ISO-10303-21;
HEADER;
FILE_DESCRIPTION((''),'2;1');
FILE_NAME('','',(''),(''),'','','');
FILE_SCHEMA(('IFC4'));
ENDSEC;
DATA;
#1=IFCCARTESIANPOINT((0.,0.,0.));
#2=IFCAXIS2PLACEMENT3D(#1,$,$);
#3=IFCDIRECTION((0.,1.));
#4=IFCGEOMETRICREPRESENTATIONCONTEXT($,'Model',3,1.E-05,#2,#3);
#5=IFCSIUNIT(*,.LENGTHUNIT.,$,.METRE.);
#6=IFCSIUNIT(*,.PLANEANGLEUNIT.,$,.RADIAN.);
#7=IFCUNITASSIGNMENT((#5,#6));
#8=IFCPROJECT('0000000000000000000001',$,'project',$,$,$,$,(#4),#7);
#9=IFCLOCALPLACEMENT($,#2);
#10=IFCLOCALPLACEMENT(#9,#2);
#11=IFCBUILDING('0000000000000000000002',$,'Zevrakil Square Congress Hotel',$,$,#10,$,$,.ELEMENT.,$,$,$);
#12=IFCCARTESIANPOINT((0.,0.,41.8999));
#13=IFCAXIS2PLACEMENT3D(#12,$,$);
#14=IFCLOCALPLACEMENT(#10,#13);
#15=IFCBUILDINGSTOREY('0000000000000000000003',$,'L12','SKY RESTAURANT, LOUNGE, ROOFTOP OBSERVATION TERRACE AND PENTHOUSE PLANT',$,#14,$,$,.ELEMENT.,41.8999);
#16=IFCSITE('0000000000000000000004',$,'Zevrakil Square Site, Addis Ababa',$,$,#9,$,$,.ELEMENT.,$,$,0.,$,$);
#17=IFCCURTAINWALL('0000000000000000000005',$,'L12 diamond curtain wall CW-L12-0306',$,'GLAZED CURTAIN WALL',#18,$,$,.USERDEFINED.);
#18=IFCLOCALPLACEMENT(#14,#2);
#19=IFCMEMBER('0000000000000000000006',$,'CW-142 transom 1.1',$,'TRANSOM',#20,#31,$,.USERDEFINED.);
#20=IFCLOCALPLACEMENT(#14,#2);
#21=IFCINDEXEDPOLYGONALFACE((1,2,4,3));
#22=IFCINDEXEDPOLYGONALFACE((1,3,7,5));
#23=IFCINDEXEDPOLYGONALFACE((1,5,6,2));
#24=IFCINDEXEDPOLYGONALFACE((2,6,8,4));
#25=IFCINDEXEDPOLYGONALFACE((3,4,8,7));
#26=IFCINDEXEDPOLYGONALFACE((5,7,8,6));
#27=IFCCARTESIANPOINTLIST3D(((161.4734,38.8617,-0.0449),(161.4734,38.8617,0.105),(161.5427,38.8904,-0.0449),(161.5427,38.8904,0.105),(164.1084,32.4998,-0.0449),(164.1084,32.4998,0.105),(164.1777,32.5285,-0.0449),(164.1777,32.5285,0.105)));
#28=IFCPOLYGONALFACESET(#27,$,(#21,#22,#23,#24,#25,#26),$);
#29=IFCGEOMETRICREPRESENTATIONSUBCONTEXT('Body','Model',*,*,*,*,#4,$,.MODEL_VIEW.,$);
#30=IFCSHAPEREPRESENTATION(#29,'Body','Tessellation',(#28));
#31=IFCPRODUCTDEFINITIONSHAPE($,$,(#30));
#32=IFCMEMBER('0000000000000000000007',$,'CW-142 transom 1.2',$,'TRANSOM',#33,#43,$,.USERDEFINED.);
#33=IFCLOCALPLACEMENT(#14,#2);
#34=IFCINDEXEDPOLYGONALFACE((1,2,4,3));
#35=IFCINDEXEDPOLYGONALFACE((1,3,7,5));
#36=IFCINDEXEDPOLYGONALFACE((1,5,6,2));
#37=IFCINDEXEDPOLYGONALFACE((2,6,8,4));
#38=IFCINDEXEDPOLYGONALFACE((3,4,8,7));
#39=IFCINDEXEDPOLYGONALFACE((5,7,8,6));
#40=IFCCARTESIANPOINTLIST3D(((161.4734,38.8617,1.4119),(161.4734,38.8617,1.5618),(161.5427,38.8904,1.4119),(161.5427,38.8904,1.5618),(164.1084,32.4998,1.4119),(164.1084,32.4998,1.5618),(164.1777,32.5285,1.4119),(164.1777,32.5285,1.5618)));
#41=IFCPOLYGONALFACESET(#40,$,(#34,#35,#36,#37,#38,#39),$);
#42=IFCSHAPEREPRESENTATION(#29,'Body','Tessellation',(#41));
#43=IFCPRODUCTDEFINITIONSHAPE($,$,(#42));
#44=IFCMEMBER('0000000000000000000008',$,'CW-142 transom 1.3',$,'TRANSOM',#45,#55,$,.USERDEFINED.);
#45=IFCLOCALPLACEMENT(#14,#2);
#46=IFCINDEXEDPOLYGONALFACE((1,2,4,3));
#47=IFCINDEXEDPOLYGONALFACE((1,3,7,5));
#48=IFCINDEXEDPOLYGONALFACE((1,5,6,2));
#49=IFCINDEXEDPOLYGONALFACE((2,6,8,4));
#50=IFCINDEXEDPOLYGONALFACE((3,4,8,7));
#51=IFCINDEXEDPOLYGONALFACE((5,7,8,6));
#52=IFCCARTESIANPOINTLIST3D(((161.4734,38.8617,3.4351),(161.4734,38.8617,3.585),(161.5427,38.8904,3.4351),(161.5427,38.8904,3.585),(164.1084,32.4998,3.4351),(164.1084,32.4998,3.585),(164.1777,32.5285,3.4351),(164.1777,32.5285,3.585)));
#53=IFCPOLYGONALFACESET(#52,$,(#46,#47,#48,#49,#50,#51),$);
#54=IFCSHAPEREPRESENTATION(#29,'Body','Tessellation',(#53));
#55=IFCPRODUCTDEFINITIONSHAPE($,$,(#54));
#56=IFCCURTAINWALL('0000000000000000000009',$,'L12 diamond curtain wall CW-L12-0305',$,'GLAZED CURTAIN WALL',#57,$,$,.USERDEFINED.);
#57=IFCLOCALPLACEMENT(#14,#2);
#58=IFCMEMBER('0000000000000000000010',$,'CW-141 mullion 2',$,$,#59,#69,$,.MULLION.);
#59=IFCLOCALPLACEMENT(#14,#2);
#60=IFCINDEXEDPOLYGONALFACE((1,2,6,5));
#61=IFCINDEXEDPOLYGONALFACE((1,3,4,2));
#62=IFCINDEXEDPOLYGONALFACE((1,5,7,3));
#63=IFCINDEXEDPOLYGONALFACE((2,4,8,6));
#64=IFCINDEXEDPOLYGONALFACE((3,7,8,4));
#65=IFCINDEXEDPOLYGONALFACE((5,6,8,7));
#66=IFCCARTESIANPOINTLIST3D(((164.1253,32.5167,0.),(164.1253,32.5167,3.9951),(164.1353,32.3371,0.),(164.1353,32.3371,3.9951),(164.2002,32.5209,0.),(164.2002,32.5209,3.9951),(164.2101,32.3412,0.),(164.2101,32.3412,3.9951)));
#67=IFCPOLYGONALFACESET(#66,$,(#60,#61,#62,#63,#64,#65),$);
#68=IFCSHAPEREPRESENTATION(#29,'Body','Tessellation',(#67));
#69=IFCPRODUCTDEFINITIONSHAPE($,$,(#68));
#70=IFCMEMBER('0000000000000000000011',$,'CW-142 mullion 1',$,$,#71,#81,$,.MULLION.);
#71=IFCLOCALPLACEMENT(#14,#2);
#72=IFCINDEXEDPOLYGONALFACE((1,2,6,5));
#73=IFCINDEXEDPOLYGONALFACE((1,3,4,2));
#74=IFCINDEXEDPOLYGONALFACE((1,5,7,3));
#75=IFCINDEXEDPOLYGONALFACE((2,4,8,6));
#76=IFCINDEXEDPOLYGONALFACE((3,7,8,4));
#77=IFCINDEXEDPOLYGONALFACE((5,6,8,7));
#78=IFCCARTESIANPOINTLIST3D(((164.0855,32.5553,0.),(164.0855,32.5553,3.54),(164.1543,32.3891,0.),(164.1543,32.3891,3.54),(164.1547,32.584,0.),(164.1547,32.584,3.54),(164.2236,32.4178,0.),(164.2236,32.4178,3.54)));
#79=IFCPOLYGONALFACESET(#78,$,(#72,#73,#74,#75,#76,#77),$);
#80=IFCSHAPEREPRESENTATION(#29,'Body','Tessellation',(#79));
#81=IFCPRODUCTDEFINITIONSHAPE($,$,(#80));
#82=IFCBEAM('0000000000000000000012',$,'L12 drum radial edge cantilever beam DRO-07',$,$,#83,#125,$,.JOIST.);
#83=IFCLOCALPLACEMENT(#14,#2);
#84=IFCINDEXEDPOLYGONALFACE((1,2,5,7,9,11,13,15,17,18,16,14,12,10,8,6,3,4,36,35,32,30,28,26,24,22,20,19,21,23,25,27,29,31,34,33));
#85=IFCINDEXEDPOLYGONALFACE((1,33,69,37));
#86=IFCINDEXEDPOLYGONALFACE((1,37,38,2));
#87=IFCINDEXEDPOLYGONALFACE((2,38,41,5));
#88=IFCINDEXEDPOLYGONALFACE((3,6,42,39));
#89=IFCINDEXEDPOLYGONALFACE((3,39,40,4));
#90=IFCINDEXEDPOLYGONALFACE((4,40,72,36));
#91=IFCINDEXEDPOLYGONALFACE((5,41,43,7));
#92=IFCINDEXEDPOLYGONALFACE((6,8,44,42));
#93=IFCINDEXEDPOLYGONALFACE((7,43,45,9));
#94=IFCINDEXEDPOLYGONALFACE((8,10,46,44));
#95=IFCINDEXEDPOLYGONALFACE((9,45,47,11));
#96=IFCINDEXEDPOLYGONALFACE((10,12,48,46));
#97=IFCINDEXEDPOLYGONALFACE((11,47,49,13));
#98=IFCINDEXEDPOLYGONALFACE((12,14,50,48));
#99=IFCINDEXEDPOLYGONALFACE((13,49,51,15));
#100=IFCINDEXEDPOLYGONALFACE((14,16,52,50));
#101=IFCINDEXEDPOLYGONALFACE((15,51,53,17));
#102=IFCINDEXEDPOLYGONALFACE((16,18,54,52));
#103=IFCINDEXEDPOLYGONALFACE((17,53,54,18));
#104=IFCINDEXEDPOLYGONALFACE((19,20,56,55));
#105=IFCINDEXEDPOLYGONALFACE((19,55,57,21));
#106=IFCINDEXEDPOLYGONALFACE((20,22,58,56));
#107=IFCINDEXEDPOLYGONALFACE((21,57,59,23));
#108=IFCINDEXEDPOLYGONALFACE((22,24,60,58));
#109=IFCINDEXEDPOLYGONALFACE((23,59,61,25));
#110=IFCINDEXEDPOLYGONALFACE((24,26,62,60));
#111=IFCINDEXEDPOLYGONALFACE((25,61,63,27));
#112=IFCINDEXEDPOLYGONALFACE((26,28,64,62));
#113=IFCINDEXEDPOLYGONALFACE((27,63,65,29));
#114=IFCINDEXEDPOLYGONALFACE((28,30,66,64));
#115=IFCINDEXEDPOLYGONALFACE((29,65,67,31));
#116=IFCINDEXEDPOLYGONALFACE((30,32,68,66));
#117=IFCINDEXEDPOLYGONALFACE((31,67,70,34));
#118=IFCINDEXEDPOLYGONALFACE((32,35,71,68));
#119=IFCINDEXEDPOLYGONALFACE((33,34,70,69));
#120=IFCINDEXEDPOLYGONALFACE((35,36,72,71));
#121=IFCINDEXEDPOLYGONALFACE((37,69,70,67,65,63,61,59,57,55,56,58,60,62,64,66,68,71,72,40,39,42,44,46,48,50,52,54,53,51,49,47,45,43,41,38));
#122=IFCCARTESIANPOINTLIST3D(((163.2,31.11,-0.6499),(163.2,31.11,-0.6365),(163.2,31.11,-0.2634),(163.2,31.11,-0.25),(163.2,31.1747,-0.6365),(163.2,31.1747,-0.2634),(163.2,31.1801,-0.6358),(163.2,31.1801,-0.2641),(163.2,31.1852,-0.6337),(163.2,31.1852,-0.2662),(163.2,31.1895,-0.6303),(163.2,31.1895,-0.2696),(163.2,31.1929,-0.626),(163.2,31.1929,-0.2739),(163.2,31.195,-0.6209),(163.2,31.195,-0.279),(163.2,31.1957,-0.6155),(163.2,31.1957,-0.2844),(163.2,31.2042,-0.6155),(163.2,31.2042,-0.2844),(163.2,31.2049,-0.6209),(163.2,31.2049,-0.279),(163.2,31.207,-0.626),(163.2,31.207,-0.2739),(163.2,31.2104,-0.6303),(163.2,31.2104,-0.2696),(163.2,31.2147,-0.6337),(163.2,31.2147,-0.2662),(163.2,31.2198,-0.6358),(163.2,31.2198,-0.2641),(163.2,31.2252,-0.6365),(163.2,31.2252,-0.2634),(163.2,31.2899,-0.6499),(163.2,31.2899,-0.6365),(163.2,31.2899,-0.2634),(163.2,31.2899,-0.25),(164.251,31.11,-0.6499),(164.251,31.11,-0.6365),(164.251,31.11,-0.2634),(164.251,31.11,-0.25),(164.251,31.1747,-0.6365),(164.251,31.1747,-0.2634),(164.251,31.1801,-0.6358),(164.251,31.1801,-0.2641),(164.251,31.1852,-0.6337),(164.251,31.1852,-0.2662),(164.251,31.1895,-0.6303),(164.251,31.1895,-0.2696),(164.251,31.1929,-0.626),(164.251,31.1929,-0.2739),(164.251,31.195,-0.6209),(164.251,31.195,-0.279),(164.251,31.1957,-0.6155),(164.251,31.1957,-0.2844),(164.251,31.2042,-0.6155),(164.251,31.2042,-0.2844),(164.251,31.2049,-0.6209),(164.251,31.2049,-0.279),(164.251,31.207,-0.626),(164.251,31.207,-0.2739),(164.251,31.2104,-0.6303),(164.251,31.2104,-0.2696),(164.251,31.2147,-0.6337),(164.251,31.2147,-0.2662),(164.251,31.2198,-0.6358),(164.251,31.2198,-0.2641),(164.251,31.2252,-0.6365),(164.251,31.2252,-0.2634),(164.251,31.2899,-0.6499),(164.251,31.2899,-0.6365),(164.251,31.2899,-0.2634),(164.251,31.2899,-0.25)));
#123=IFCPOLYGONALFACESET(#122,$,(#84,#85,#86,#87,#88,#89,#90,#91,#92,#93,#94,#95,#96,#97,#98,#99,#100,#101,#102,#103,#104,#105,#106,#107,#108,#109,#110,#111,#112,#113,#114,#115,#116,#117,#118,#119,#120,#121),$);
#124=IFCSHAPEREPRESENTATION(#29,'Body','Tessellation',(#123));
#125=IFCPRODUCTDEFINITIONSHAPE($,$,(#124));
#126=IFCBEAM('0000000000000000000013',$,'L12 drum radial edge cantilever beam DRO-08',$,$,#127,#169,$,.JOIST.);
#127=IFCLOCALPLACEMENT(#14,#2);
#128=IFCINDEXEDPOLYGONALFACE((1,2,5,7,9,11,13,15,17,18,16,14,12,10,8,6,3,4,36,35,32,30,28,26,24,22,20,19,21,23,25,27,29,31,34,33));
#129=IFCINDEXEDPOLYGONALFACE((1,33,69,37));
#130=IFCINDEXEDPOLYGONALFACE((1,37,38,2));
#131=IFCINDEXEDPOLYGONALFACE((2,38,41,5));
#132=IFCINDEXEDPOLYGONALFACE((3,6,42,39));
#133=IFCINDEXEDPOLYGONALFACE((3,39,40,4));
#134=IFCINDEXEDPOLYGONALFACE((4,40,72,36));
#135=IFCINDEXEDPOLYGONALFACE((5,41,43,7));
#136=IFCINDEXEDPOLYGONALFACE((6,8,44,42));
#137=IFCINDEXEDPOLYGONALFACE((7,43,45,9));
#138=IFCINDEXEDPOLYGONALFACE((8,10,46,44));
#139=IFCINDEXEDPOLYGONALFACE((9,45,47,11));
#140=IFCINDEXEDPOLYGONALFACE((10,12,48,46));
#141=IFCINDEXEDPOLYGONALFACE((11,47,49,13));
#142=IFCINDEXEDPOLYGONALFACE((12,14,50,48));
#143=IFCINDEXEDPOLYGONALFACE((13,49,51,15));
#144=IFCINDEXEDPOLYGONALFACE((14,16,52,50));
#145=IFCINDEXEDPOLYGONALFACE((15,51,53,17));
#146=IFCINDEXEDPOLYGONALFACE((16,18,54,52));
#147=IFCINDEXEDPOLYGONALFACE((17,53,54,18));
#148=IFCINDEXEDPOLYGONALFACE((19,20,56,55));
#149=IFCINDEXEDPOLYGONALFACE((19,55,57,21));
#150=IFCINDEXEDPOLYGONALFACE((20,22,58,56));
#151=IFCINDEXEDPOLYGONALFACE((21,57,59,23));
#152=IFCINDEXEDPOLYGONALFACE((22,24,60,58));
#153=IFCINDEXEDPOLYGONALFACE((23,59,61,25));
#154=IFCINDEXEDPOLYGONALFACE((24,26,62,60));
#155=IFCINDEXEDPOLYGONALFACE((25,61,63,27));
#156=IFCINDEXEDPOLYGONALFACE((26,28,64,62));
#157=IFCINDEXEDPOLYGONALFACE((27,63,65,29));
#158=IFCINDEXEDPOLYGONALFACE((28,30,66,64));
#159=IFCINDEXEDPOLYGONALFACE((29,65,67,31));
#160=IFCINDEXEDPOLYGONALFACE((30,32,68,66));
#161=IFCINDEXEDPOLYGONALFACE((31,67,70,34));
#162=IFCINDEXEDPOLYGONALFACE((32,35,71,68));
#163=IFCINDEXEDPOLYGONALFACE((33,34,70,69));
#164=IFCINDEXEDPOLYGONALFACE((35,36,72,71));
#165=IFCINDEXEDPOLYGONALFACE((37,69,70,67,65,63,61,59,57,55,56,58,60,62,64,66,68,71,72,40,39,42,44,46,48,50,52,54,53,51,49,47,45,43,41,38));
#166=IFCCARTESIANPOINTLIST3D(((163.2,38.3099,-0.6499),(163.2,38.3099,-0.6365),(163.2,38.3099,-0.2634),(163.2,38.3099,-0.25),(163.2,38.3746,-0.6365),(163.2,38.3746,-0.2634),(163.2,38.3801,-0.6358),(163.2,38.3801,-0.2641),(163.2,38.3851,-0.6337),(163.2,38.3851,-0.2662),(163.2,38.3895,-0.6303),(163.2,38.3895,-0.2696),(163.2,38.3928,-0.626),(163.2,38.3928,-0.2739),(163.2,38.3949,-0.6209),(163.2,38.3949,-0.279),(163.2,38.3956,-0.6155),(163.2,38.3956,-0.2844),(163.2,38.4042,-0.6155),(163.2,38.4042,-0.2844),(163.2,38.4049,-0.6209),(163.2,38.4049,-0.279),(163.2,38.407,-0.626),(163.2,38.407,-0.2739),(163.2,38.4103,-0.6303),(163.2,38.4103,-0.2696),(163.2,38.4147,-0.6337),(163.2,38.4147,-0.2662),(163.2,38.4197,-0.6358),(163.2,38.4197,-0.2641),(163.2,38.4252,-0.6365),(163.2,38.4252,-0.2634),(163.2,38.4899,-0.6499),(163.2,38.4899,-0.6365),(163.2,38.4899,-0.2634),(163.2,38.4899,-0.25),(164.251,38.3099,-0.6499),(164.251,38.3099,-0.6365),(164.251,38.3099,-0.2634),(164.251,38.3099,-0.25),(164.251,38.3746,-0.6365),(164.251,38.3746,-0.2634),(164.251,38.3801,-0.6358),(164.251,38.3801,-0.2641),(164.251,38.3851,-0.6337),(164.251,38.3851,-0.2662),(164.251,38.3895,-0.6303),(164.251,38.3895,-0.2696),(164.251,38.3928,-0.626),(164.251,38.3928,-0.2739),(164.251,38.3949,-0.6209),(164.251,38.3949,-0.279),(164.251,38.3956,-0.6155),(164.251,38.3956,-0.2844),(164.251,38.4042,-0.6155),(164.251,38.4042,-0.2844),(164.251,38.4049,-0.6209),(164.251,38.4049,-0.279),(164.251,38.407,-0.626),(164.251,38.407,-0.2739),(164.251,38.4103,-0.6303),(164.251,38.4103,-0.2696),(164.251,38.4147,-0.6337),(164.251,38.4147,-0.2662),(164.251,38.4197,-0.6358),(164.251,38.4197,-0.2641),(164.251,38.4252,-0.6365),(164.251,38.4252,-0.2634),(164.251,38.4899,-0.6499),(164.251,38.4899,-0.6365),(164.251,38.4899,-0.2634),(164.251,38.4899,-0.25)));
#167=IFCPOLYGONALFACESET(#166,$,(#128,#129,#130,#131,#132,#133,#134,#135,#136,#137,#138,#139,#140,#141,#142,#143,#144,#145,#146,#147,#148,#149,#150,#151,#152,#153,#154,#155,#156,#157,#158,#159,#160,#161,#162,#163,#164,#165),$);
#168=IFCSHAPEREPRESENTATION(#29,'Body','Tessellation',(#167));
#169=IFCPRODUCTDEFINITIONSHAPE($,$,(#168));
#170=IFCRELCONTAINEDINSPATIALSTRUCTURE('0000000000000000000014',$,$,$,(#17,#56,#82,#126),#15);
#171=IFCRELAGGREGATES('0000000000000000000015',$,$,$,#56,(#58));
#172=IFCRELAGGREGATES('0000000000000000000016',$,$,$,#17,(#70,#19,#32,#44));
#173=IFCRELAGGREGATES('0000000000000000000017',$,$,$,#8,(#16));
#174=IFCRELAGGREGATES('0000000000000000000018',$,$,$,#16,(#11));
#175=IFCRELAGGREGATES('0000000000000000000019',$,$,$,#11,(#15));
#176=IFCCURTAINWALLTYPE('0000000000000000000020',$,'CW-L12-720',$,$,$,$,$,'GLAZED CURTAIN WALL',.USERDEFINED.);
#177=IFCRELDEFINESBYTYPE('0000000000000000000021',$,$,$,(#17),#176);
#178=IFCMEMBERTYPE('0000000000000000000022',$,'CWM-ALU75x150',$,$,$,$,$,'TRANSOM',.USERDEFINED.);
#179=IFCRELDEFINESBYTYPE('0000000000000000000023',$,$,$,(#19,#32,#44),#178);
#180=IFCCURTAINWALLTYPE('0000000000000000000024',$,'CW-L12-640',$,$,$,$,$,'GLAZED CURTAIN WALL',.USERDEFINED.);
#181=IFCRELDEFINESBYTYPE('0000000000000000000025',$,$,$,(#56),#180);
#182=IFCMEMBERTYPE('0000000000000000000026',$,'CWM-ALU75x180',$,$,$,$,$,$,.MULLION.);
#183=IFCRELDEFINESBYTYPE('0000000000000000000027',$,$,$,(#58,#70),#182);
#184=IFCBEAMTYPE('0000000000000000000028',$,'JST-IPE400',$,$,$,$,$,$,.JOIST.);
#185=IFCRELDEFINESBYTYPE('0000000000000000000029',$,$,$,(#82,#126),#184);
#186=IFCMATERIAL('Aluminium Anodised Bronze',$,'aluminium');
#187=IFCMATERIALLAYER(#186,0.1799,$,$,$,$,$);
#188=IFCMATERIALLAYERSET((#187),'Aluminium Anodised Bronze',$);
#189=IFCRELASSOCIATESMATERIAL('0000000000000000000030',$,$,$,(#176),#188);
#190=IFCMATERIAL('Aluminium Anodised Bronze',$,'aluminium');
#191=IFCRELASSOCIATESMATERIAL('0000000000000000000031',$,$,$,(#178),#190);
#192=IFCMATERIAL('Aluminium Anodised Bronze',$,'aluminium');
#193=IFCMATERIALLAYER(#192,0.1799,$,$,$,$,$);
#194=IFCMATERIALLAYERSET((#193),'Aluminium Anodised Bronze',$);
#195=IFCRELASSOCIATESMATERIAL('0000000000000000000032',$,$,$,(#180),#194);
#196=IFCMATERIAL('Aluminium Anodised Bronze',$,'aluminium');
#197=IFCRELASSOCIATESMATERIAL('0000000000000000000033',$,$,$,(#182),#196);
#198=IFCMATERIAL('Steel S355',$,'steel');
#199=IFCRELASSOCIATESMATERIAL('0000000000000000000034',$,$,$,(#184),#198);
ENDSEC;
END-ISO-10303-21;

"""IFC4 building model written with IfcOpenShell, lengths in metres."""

from ifc_helpers import new_model, si_unit, direction, frame, origin, origin_2d, place, context, subcontext, project, spatial, rectangle, i_section, extrude, material, layer, layer_set, material_profile, profile_set, type_object, element, aggregate, save


model = new_model("IFC4")

# Units and contexts
model_context = context("Model", 3, precision=1e-05, world=origin(), true_north=direction((0.0, 1.0)))
body_context = subcontext(model_context, "Body", "Model", "MODEL_VIEW")
ifc_project = project(units=[si_unit("LENGTHUNIT", "METRE"), si_unit("PLANEANGLEUNIT", "RADIAN")], contexts=[model_context])

# Site, building, storey
site_placement = place(None, origin())
site = spatial("IfcSite", under=ifc_project, at=site_placement, Name="Zevrakil Square Site, Addis Ababa", CompositionType="ELEMENT", RefElevation=0.0)
building_placement = place(site_placement, origin())
building = spatial("IfcBuilding", under=site, at=building_placement, Name="Zevrakil Square Congress Hotel", CompositionType="ELEMENT")
storey_placement = place(building_placement, frame((0.0, 0.0, 41.8999)))
storey = spatial("IfcBuildingStorey", under=building, at=storey_placement, Name="L12", Description="SKY RESTAURANT, LOUNGE, ROOFTOP OBSERVATION TERRACE AND PENTHOUSE PLANT", CompositionType="ELEMENT", Elevation=41.8999)

# Curtain wall, members
ifc_material_1 = material(Name="Aluminium Anodised Bronze", Category="aluminium")
ifc_layer_1 = layer(ifc_material_1, 0.1799)
ifc_layer_set_1 = layer_set([ifc_layer_1], Name="Aluminium Anodised Bronze")
curtain_wall_type_1 = type_object("IfcCurtainWallType", Name="CW-L12-720", ElementType="GLAZED CURTAIN WALL", PredefinedType="USERDEFINED", material=ifc_layer_set_1)
curtain_wall_1_placement = place(storey_placement, origin())
curtain_wall_1 = element("IfcCurtainWall", 1, at=curtain_wall_1_placement, inside=storey, type_object=curtain_wall_type_1, Name="L12 diamond curtain wall CW-L12-0306", ObjectType="GLAZED CURTAIN WALL", PredefinedType="USERDEFINED")
ifc_material_2 = material(Name="Aluminium Anodised Bronze", Category="aluminium")
ifc_material_profile_1 = material_profile(ifc_material_2, rectangle(XDim=0.075, YDim=0.1499, at=origin_2d()), Name="ALU 75x150")
ifc_profile_set_1 = profile_set([ifc_material_profile_1], Name="Aluminium Anodised Bronze")
member_type_1 = type_object("IfcMemberType", Name="CWM-ALU75x150", ElementType="TRANSOM", PredefinedType="USERDEFINED", material=ifc_profile_set_1)
member_1_placement = place(storey_placement, frame((164.1431, 32.5142, 0.03), z_axis=(-0.382666, 0.923887, 0.0), x_axis=(-0.923887, -0.382666, 0.0)))
member_1 = element("IfcMember", 2, at=member_1_placement, type_object=member_type_1, Name="CW-142 transom 1.1", ObjectType="TRANSOM", PredefinedType="USERDEFINED", context=body_context, shape_type="SweptSolid", body=[
    extrude(rectangle(XDim=0.075, YDim=0.1499, at=origin_2d()), origin(), (0.0, 0.0, 1.0), 6.886),
])
member_2_placement = place(storey_placement, frame((164.1431, 32.5142, 1.4868), z_axis=(-0.382666, 0.923887, 0.0), x_axis=(-0.923887, -0.382666, 0.0)))
member_2 = element("IfcMember", 3, at=member_2_placement, type_object=member_type_1, Name="CW-142 transom 1.2", ObjectType="TRANSOM", PredefinedType="USERDEFINED", context=body_context, shape_type="SweptSolid", body=[
    extrude(rectangle(XDim=0.075, YDim=0.1499, at=origin_2d()), origin(), (0.0, 0.0, 1.0), 6.886),
])
member_3_placement = place(storey_placement, frame((164.1431, 32.5142, 3.51), z_axis=(-0.382666, 0.923887, 0.0), x_axis=(-0.923887, -0.382666, 0.0)))
member_3 = element("IfcMember", 4, at=member_3_placement, type_object=member_type_1, Name="CW-142 transom 1.3", ObjectType="TRANSOM", PredefinedType="USERDEFINED", context=body_context, shape_type="SweptSolid", body=[
    extrude(rectangle(XDim=0.075, YDim=0.1499, at=origin_2d()), origin(), (0.0, 0.0, 1.0), 6.886),
])

# Curtain wall, member
ifc_material_3 = material(Name="Aluminium Anodised Bronze", Category="aluminium")
ifc_layer_2 = layer(ifc_material_3, 0.1799)
ifc_layer_set_2 = layer_set([ifc_layer_2], Name="Aluminium Anodised Bronze")
curtain_wall_type_2 = type_object("IfcCurtainWallType", Name="CW-L12-640", ElementType="GLAZED CURTAIN WALL", PredefinedType="USERDEFINED", material=ifc_layer_set_2)
curtain_wall_2_placement = place(storey_placement, origin())
curtain_wall_2 = element("IfcCurtainWall", 5, at=curtain_wall_2_placement, inside=storey, type_object=curtain_wall_type_2, Name="L12 diamond curtain wall CW-L12-0305", ObjectType="GLAZED CURTAIN WALL", PredefinedType="USERDEFINED")
ifc_material_4 = material(Name="Aluminium Anodised Bronze", Category="aluminium")
ifc_material_profile_2 = material_profile(ifc_material_4, rectangle(XDim=0.075, YDim=0.1799, at=origin_2d()), Name="ALU 75x180")
ifc_profile_set_2 = profile_set([ifc_material_profile_2], Name="Aluminium Anodised Bronze")
member_type_2 = type_object("IfcMemberType", Name="CWM-ALU75x180", PredefinedType="MULLION", material=ifc_profile_set_2)
member_4_placement = place(storey_placement, frame((164.1677, 32.429, 0.0), z_axis=(0.0, 0.0, 1.0), x_axis=(-0.998463, -0.055427, 0.0)))
member_4 = element("IfcMember", 6, at=member_4_placement, type_object=member_type_2, Name="CW-141 mullion 2", PredefinedType="MULLION", context=body_context, shape_type="SweptSolid", body=[
    extrude(rectangle(XDim=0.075, YDim=0.1799, at=origin_2d()), origin(), (0.0, 0.0, 1.0), 3.9951),
])

# Member
member_5_placement = place(storey_placement, frame((164.1545, 32.4866, 0.0), z_axis=(0.0, 0.0, 1.0), x_axis=(-0.923879, -0.382684, 0.0)))
member_5 = element("IfcMember", 7, at=member_5_placement, type_object=member_type_2, Name="CW-142 mullion 1", PredefinedType="MULLION", context=body_context, shape_type="SweptSolid", body=[
    extrude(rectangle(XDim=0.075, YDim=0.1799, at=origin_2d()), origin(), (0.0, 0.0, 1.0), 3.54),
])

# Beams
ifc_material_5 = material(Name="Steel S355", Category="steel")
ifc_material_profile_3 = material_profile(ifc_material_5, i_section(OverallWidth=0.1799, OverallDepth=0.3999, WebThickness=0.0085, FlangeThickness=0.0134, FilletRadius=0.021, at=origin_2d()), Name="IPE 400")
ifc_profile_set_3 = profile_set([ifc_material_profile_3], Name="Steel S355")
beam_type_1 = type_object("IfcBeamType", Name="JST-IPE400", PredefinedType="JOIST", material=ifc_profile_set_3)
for number, where, z_axis, x_axis, name in (
    (8, (163.2, 31.2, -0.45), (1.0, 0.0, 0.0), (0.0, 1.0, 0.0), "L12 drum radial edge cantilever beam DRO-07"),
    (9, (163.2, 38.3999, -0.45), (1.0, 0.0, 0.0), (0.0, 1.0, 0.0), "L12 drum radial edge cantilever beam DRO-08"),
):
    element("IfcBeam", number, at=place(storey_placement, frame(where, z_axis=z_axis, x_axis=x_axis)), inside=storey, type_object=beam_type_1, Name=name, PredefinedType="JOIST", context=body_context, shape_type="SweptSolid", body=[
        extrude(i_section(OverallWidth=0.1799, OverallDepth=0.3999, WebThickness=0.0085, FlangeThickness=0.0134, FilletRadius=0.021, at=origin_2d()), origin(), (0.0, 0.0, 1.0), 1.051),
    ])

aggregate(curtain_wall_2, [member_4])
aggregate(curtain_wall_1, [member_5, member_1, member_2, member_3])

save(model, "model.ifc")
